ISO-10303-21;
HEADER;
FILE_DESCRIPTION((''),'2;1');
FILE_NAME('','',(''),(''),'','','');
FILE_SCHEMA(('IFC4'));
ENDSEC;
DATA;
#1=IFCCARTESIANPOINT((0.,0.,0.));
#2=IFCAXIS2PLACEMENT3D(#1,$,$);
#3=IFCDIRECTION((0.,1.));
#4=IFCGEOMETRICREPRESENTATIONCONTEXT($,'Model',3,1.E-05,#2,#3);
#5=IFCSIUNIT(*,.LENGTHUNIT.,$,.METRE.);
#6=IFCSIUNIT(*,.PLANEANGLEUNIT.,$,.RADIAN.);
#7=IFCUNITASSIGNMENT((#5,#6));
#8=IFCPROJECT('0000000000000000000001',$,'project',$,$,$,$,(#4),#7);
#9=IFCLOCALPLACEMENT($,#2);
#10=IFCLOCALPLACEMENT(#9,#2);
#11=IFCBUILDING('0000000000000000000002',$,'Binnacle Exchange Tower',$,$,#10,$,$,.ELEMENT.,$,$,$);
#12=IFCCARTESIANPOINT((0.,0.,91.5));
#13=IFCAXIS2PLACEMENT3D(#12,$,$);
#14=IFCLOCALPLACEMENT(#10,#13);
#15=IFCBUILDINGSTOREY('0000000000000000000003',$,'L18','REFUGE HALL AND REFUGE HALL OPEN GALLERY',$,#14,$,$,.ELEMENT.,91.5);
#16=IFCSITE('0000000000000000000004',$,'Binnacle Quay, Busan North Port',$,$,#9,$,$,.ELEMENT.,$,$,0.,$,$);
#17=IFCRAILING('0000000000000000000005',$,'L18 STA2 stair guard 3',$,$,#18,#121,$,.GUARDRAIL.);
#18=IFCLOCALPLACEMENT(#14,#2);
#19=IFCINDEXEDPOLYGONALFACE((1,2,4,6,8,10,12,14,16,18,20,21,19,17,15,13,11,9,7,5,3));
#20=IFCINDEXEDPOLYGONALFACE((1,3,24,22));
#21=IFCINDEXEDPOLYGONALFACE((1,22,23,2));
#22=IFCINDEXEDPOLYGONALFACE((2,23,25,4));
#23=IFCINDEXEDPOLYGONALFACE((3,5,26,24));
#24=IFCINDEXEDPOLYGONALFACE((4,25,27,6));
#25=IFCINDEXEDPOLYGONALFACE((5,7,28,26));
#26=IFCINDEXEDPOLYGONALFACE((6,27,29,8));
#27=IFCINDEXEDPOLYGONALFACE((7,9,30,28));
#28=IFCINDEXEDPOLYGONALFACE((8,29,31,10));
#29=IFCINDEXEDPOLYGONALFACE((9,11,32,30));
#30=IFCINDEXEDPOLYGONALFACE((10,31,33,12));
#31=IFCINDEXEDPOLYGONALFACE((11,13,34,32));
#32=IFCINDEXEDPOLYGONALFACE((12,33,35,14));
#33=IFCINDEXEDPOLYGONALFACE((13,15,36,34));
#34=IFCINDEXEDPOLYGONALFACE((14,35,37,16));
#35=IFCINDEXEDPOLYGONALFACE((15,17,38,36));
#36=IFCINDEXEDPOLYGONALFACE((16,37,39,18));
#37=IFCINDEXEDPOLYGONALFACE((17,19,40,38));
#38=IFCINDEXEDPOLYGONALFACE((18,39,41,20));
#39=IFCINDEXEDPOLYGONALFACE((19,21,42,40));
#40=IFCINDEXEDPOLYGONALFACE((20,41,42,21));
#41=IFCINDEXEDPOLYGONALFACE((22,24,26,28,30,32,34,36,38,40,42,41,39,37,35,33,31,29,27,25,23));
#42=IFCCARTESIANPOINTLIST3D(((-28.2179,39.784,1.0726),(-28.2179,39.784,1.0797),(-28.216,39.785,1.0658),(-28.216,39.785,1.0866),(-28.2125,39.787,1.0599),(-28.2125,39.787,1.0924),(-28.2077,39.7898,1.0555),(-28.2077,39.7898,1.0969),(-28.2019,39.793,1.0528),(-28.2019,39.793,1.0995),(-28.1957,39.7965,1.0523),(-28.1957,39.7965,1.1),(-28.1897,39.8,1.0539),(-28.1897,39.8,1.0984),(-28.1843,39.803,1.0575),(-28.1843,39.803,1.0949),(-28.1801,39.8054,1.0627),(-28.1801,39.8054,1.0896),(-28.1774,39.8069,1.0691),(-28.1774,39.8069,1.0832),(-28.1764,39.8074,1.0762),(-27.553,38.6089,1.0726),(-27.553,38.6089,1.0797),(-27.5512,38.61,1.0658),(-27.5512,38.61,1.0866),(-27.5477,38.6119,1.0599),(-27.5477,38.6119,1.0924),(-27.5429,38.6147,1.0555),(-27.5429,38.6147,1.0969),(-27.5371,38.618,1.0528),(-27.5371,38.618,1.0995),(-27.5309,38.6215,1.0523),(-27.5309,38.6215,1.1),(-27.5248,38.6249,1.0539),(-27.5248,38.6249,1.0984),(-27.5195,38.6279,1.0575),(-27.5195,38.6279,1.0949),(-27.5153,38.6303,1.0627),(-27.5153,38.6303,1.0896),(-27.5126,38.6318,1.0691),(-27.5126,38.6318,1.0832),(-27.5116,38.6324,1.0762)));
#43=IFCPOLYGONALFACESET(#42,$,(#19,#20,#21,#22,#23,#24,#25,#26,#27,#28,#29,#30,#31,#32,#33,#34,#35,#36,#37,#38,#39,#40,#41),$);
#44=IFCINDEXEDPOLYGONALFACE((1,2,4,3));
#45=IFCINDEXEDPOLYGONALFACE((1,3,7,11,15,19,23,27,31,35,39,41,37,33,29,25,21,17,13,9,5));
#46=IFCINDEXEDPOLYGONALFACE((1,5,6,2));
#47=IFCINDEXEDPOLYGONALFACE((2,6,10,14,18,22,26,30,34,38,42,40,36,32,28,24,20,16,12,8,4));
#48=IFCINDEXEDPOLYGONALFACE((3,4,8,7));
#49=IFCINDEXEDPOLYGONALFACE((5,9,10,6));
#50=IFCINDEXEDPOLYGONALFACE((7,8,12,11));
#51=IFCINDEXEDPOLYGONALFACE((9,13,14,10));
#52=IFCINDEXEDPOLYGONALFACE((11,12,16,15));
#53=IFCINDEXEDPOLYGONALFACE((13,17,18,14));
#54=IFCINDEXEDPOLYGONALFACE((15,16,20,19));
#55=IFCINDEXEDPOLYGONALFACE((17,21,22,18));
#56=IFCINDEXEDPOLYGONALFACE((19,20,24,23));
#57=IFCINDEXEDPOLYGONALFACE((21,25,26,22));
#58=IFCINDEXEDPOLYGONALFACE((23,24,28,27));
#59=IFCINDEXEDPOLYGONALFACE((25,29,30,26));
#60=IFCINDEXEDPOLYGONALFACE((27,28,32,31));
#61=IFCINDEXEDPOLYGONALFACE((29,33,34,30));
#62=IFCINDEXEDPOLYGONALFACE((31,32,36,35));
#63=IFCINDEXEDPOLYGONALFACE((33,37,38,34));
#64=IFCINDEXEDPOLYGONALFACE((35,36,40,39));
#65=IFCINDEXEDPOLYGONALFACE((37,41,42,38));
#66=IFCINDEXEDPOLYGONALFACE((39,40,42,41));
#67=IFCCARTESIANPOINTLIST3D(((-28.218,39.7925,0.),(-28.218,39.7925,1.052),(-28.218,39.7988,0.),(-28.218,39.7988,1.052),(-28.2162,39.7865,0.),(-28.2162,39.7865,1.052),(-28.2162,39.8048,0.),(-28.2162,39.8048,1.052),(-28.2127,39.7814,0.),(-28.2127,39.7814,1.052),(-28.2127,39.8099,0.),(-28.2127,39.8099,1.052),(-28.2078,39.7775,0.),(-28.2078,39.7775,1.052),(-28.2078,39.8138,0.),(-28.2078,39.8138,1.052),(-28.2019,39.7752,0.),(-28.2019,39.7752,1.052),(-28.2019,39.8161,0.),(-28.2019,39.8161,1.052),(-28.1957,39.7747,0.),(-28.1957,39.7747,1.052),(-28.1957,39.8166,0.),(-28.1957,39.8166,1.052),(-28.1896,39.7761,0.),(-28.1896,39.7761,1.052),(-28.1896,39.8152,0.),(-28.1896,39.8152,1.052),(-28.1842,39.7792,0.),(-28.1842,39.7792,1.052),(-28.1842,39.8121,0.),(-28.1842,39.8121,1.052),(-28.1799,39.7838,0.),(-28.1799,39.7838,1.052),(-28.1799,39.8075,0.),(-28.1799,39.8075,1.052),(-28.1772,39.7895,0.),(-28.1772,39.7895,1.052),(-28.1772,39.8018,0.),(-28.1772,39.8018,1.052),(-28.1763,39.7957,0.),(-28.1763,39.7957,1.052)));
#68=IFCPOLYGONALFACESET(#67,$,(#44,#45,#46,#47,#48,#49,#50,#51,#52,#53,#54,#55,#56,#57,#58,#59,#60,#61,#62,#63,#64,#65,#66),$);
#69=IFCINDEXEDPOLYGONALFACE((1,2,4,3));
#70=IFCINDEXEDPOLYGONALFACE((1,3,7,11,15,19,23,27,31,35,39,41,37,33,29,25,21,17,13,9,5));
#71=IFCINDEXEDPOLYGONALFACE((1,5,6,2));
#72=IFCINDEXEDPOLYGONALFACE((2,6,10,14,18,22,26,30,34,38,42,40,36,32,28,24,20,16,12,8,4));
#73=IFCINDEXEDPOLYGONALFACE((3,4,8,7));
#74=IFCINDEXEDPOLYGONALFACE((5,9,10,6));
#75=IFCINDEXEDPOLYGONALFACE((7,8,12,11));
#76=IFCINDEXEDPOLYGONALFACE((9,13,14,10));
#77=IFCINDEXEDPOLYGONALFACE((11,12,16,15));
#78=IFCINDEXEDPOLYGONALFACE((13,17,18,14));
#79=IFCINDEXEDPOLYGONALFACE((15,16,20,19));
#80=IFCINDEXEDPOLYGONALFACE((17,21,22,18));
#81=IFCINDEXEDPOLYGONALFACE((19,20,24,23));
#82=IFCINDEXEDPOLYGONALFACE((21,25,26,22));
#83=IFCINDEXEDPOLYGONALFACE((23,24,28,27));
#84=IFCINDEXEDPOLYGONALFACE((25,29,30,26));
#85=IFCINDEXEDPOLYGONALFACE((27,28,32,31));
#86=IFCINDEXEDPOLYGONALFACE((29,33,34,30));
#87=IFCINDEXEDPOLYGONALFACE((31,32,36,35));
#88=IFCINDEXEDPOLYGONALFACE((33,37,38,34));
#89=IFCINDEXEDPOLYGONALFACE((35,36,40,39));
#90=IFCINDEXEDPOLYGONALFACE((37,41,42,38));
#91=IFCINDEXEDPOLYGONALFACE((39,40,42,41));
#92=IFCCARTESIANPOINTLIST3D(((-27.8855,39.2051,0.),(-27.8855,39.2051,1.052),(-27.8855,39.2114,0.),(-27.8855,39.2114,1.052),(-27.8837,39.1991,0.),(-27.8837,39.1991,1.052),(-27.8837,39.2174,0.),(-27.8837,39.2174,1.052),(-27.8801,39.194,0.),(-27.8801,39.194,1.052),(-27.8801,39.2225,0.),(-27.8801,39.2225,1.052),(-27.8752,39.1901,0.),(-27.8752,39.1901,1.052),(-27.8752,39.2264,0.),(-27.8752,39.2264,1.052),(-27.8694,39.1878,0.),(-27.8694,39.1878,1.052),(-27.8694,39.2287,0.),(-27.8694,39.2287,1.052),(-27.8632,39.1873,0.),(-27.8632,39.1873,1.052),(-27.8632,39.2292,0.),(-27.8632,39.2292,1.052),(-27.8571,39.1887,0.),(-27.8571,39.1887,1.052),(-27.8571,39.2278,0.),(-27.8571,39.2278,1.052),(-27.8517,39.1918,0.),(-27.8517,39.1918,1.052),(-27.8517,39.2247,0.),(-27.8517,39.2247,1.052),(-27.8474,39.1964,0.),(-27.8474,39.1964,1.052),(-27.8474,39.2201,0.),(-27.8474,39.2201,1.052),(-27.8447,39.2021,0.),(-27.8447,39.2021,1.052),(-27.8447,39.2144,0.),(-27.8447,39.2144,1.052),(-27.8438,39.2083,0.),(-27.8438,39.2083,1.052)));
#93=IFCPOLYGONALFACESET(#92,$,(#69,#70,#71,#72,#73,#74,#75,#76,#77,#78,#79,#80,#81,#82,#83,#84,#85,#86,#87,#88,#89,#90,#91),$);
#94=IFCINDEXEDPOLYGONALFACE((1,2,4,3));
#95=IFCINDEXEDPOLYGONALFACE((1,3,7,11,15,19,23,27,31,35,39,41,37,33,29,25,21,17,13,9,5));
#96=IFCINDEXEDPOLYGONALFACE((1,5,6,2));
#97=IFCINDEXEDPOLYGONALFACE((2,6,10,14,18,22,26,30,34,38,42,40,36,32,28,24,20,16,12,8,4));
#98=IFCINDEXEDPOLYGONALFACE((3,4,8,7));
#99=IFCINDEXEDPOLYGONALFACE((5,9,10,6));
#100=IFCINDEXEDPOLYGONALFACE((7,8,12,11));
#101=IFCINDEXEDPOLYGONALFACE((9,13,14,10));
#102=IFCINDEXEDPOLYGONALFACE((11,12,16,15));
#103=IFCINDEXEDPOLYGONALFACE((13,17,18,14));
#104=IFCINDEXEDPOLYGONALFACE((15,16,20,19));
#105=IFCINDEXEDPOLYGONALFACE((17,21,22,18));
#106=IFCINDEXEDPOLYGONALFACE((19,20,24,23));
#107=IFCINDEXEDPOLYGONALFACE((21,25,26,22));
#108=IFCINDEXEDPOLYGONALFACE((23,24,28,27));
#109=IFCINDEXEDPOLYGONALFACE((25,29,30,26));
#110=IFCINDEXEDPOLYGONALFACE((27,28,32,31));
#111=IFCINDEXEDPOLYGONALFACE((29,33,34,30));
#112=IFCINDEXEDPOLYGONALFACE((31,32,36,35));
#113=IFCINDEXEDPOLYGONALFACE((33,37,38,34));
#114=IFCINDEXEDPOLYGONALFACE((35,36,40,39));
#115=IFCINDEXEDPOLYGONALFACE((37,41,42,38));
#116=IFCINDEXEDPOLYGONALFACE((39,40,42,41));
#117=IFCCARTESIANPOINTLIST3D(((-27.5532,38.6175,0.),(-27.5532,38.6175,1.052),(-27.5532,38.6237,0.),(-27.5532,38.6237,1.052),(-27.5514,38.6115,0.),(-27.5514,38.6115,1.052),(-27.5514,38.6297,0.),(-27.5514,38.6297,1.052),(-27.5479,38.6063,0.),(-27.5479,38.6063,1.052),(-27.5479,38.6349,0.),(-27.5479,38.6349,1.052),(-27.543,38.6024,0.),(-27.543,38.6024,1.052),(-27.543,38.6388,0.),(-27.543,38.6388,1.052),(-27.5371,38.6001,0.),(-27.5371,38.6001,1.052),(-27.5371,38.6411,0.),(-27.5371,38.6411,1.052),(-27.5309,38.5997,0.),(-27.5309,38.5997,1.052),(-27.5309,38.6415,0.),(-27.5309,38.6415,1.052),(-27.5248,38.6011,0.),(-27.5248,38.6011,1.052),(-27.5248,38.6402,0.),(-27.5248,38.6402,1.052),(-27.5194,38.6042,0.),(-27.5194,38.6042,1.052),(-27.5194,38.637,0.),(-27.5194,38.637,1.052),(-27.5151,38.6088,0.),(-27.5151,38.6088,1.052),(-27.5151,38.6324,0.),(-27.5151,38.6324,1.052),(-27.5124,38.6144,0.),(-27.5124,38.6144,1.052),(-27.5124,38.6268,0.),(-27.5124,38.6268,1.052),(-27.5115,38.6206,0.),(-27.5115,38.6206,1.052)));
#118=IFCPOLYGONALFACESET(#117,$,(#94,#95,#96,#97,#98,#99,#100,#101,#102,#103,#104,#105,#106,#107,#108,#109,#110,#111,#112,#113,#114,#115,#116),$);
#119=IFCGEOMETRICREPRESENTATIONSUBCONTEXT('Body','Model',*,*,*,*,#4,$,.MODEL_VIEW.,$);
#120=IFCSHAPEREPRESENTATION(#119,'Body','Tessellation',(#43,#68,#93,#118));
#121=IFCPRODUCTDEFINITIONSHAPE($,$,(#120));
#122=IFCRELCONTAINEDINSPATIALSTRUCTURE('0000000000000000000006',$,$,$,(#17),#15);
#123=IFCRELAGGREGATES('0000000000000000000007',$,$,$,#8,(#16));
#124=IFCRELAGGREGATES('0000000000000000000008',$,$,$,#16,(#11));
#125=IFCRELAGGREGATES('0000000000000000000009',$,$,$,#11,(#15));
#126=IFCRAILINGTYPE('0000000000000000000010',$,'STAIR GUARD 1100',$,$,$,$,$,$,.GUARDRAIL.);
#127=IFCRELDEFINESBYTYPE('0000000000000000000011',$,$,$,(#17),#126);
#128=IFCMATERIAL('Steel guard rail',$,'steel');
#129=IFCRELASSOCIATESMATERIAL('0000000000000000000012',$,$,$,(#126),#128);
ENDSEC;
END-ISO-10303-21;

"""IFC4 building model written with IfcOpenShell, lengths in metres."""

from ifc_helpers import new_model, si_unit, direction, frame, origin, origin_2d, place, context, subcontext, project, spatial, circle, extrude, material, type_object, element, save


model = new_model("IFC4")

# Units and contexts
model_context = context("Model", 3, precision=1e-05, world=origin(), true_north=direction((0.0, 1.0)))
body_context = subcontext(model_context, "Body", "Model", "MODEL_VIEW")
ifc_project = project(units=[si_unit("LENGTHUNIT", "METRE"), si_unit("PLANEANGLEUNIT", "RADIAN")], contexts=[model_context])

# Site, building, storey
site_placement = place(None, origin())
site = spatial("IfcSite", under=ifc_project, at=site_placement, Name="Binnacle Quay, Busan North Port", CompositionType="ELEMENT", RefElevation=0.0)
building_placement = place(site_placement, origin())
building = spatial("IfcBuilding", under=site, at=building_placement, Name="Binnacle Exchange Tower", CompositionType="ELEMENT")
storey_placement = place(building_placement, frame((0.0, 0.0, 91.5)))
storey = spatial("IfcBuildingStorey", under=building, at=storey_placement, Name="L18", Description="REFUGE HALL AND REFUGE HALL OPEN GALLERY", CompositionType="ELEMENT", Elevation=91.5)

# Railing
ifc_material_1 = material(Name="Steel guard rail", Category="steel")
railing_type_1 = type_object("IfcRailingType", Name="STAIR GUARD 1100", PredefinedType="GUARDRAIL", material=ifc_material_1)
railing_1_placement = place(storey_placement, frame((-28.1973, 39.7957, 0.0)))
element("IfcRailing", 1, at=railing_1_placement, inside=storey, type_object=railing_type_1, Name="L18 STA2 stair guard 3", PredefinedType="GUARDRAIL", context=body_context, shape_type="SweptSolid", body=[
    extrude(circle(Radius=0.0239, at=origin_2d()), frame((0.0, 0.0, 1.0762), z_axis=(0.492415, -0.870361, 0.0), x_axis=(0.870361, 0.492415, 0.0)), (0.0, 0.0, 1.0), 1.3501),
    extrude(circle(Radius=0.021, at=origin_2d()), origin(), (0.0, 0.0, 1.0), 1.052),
    extrude(circle(Radius=0.021, at=origin_2d()), frame((0.3325, -0.5874, 0.0)), (0.0, 0.0, 1.0), 1.052),
    extrude(circle(Radius=0.021, at=origin_2d()), frame((0.6648, -1.175, 0.0)), (0.0, 0.0, 1.0), 1.052),
])

save(model, "model.ifc")
